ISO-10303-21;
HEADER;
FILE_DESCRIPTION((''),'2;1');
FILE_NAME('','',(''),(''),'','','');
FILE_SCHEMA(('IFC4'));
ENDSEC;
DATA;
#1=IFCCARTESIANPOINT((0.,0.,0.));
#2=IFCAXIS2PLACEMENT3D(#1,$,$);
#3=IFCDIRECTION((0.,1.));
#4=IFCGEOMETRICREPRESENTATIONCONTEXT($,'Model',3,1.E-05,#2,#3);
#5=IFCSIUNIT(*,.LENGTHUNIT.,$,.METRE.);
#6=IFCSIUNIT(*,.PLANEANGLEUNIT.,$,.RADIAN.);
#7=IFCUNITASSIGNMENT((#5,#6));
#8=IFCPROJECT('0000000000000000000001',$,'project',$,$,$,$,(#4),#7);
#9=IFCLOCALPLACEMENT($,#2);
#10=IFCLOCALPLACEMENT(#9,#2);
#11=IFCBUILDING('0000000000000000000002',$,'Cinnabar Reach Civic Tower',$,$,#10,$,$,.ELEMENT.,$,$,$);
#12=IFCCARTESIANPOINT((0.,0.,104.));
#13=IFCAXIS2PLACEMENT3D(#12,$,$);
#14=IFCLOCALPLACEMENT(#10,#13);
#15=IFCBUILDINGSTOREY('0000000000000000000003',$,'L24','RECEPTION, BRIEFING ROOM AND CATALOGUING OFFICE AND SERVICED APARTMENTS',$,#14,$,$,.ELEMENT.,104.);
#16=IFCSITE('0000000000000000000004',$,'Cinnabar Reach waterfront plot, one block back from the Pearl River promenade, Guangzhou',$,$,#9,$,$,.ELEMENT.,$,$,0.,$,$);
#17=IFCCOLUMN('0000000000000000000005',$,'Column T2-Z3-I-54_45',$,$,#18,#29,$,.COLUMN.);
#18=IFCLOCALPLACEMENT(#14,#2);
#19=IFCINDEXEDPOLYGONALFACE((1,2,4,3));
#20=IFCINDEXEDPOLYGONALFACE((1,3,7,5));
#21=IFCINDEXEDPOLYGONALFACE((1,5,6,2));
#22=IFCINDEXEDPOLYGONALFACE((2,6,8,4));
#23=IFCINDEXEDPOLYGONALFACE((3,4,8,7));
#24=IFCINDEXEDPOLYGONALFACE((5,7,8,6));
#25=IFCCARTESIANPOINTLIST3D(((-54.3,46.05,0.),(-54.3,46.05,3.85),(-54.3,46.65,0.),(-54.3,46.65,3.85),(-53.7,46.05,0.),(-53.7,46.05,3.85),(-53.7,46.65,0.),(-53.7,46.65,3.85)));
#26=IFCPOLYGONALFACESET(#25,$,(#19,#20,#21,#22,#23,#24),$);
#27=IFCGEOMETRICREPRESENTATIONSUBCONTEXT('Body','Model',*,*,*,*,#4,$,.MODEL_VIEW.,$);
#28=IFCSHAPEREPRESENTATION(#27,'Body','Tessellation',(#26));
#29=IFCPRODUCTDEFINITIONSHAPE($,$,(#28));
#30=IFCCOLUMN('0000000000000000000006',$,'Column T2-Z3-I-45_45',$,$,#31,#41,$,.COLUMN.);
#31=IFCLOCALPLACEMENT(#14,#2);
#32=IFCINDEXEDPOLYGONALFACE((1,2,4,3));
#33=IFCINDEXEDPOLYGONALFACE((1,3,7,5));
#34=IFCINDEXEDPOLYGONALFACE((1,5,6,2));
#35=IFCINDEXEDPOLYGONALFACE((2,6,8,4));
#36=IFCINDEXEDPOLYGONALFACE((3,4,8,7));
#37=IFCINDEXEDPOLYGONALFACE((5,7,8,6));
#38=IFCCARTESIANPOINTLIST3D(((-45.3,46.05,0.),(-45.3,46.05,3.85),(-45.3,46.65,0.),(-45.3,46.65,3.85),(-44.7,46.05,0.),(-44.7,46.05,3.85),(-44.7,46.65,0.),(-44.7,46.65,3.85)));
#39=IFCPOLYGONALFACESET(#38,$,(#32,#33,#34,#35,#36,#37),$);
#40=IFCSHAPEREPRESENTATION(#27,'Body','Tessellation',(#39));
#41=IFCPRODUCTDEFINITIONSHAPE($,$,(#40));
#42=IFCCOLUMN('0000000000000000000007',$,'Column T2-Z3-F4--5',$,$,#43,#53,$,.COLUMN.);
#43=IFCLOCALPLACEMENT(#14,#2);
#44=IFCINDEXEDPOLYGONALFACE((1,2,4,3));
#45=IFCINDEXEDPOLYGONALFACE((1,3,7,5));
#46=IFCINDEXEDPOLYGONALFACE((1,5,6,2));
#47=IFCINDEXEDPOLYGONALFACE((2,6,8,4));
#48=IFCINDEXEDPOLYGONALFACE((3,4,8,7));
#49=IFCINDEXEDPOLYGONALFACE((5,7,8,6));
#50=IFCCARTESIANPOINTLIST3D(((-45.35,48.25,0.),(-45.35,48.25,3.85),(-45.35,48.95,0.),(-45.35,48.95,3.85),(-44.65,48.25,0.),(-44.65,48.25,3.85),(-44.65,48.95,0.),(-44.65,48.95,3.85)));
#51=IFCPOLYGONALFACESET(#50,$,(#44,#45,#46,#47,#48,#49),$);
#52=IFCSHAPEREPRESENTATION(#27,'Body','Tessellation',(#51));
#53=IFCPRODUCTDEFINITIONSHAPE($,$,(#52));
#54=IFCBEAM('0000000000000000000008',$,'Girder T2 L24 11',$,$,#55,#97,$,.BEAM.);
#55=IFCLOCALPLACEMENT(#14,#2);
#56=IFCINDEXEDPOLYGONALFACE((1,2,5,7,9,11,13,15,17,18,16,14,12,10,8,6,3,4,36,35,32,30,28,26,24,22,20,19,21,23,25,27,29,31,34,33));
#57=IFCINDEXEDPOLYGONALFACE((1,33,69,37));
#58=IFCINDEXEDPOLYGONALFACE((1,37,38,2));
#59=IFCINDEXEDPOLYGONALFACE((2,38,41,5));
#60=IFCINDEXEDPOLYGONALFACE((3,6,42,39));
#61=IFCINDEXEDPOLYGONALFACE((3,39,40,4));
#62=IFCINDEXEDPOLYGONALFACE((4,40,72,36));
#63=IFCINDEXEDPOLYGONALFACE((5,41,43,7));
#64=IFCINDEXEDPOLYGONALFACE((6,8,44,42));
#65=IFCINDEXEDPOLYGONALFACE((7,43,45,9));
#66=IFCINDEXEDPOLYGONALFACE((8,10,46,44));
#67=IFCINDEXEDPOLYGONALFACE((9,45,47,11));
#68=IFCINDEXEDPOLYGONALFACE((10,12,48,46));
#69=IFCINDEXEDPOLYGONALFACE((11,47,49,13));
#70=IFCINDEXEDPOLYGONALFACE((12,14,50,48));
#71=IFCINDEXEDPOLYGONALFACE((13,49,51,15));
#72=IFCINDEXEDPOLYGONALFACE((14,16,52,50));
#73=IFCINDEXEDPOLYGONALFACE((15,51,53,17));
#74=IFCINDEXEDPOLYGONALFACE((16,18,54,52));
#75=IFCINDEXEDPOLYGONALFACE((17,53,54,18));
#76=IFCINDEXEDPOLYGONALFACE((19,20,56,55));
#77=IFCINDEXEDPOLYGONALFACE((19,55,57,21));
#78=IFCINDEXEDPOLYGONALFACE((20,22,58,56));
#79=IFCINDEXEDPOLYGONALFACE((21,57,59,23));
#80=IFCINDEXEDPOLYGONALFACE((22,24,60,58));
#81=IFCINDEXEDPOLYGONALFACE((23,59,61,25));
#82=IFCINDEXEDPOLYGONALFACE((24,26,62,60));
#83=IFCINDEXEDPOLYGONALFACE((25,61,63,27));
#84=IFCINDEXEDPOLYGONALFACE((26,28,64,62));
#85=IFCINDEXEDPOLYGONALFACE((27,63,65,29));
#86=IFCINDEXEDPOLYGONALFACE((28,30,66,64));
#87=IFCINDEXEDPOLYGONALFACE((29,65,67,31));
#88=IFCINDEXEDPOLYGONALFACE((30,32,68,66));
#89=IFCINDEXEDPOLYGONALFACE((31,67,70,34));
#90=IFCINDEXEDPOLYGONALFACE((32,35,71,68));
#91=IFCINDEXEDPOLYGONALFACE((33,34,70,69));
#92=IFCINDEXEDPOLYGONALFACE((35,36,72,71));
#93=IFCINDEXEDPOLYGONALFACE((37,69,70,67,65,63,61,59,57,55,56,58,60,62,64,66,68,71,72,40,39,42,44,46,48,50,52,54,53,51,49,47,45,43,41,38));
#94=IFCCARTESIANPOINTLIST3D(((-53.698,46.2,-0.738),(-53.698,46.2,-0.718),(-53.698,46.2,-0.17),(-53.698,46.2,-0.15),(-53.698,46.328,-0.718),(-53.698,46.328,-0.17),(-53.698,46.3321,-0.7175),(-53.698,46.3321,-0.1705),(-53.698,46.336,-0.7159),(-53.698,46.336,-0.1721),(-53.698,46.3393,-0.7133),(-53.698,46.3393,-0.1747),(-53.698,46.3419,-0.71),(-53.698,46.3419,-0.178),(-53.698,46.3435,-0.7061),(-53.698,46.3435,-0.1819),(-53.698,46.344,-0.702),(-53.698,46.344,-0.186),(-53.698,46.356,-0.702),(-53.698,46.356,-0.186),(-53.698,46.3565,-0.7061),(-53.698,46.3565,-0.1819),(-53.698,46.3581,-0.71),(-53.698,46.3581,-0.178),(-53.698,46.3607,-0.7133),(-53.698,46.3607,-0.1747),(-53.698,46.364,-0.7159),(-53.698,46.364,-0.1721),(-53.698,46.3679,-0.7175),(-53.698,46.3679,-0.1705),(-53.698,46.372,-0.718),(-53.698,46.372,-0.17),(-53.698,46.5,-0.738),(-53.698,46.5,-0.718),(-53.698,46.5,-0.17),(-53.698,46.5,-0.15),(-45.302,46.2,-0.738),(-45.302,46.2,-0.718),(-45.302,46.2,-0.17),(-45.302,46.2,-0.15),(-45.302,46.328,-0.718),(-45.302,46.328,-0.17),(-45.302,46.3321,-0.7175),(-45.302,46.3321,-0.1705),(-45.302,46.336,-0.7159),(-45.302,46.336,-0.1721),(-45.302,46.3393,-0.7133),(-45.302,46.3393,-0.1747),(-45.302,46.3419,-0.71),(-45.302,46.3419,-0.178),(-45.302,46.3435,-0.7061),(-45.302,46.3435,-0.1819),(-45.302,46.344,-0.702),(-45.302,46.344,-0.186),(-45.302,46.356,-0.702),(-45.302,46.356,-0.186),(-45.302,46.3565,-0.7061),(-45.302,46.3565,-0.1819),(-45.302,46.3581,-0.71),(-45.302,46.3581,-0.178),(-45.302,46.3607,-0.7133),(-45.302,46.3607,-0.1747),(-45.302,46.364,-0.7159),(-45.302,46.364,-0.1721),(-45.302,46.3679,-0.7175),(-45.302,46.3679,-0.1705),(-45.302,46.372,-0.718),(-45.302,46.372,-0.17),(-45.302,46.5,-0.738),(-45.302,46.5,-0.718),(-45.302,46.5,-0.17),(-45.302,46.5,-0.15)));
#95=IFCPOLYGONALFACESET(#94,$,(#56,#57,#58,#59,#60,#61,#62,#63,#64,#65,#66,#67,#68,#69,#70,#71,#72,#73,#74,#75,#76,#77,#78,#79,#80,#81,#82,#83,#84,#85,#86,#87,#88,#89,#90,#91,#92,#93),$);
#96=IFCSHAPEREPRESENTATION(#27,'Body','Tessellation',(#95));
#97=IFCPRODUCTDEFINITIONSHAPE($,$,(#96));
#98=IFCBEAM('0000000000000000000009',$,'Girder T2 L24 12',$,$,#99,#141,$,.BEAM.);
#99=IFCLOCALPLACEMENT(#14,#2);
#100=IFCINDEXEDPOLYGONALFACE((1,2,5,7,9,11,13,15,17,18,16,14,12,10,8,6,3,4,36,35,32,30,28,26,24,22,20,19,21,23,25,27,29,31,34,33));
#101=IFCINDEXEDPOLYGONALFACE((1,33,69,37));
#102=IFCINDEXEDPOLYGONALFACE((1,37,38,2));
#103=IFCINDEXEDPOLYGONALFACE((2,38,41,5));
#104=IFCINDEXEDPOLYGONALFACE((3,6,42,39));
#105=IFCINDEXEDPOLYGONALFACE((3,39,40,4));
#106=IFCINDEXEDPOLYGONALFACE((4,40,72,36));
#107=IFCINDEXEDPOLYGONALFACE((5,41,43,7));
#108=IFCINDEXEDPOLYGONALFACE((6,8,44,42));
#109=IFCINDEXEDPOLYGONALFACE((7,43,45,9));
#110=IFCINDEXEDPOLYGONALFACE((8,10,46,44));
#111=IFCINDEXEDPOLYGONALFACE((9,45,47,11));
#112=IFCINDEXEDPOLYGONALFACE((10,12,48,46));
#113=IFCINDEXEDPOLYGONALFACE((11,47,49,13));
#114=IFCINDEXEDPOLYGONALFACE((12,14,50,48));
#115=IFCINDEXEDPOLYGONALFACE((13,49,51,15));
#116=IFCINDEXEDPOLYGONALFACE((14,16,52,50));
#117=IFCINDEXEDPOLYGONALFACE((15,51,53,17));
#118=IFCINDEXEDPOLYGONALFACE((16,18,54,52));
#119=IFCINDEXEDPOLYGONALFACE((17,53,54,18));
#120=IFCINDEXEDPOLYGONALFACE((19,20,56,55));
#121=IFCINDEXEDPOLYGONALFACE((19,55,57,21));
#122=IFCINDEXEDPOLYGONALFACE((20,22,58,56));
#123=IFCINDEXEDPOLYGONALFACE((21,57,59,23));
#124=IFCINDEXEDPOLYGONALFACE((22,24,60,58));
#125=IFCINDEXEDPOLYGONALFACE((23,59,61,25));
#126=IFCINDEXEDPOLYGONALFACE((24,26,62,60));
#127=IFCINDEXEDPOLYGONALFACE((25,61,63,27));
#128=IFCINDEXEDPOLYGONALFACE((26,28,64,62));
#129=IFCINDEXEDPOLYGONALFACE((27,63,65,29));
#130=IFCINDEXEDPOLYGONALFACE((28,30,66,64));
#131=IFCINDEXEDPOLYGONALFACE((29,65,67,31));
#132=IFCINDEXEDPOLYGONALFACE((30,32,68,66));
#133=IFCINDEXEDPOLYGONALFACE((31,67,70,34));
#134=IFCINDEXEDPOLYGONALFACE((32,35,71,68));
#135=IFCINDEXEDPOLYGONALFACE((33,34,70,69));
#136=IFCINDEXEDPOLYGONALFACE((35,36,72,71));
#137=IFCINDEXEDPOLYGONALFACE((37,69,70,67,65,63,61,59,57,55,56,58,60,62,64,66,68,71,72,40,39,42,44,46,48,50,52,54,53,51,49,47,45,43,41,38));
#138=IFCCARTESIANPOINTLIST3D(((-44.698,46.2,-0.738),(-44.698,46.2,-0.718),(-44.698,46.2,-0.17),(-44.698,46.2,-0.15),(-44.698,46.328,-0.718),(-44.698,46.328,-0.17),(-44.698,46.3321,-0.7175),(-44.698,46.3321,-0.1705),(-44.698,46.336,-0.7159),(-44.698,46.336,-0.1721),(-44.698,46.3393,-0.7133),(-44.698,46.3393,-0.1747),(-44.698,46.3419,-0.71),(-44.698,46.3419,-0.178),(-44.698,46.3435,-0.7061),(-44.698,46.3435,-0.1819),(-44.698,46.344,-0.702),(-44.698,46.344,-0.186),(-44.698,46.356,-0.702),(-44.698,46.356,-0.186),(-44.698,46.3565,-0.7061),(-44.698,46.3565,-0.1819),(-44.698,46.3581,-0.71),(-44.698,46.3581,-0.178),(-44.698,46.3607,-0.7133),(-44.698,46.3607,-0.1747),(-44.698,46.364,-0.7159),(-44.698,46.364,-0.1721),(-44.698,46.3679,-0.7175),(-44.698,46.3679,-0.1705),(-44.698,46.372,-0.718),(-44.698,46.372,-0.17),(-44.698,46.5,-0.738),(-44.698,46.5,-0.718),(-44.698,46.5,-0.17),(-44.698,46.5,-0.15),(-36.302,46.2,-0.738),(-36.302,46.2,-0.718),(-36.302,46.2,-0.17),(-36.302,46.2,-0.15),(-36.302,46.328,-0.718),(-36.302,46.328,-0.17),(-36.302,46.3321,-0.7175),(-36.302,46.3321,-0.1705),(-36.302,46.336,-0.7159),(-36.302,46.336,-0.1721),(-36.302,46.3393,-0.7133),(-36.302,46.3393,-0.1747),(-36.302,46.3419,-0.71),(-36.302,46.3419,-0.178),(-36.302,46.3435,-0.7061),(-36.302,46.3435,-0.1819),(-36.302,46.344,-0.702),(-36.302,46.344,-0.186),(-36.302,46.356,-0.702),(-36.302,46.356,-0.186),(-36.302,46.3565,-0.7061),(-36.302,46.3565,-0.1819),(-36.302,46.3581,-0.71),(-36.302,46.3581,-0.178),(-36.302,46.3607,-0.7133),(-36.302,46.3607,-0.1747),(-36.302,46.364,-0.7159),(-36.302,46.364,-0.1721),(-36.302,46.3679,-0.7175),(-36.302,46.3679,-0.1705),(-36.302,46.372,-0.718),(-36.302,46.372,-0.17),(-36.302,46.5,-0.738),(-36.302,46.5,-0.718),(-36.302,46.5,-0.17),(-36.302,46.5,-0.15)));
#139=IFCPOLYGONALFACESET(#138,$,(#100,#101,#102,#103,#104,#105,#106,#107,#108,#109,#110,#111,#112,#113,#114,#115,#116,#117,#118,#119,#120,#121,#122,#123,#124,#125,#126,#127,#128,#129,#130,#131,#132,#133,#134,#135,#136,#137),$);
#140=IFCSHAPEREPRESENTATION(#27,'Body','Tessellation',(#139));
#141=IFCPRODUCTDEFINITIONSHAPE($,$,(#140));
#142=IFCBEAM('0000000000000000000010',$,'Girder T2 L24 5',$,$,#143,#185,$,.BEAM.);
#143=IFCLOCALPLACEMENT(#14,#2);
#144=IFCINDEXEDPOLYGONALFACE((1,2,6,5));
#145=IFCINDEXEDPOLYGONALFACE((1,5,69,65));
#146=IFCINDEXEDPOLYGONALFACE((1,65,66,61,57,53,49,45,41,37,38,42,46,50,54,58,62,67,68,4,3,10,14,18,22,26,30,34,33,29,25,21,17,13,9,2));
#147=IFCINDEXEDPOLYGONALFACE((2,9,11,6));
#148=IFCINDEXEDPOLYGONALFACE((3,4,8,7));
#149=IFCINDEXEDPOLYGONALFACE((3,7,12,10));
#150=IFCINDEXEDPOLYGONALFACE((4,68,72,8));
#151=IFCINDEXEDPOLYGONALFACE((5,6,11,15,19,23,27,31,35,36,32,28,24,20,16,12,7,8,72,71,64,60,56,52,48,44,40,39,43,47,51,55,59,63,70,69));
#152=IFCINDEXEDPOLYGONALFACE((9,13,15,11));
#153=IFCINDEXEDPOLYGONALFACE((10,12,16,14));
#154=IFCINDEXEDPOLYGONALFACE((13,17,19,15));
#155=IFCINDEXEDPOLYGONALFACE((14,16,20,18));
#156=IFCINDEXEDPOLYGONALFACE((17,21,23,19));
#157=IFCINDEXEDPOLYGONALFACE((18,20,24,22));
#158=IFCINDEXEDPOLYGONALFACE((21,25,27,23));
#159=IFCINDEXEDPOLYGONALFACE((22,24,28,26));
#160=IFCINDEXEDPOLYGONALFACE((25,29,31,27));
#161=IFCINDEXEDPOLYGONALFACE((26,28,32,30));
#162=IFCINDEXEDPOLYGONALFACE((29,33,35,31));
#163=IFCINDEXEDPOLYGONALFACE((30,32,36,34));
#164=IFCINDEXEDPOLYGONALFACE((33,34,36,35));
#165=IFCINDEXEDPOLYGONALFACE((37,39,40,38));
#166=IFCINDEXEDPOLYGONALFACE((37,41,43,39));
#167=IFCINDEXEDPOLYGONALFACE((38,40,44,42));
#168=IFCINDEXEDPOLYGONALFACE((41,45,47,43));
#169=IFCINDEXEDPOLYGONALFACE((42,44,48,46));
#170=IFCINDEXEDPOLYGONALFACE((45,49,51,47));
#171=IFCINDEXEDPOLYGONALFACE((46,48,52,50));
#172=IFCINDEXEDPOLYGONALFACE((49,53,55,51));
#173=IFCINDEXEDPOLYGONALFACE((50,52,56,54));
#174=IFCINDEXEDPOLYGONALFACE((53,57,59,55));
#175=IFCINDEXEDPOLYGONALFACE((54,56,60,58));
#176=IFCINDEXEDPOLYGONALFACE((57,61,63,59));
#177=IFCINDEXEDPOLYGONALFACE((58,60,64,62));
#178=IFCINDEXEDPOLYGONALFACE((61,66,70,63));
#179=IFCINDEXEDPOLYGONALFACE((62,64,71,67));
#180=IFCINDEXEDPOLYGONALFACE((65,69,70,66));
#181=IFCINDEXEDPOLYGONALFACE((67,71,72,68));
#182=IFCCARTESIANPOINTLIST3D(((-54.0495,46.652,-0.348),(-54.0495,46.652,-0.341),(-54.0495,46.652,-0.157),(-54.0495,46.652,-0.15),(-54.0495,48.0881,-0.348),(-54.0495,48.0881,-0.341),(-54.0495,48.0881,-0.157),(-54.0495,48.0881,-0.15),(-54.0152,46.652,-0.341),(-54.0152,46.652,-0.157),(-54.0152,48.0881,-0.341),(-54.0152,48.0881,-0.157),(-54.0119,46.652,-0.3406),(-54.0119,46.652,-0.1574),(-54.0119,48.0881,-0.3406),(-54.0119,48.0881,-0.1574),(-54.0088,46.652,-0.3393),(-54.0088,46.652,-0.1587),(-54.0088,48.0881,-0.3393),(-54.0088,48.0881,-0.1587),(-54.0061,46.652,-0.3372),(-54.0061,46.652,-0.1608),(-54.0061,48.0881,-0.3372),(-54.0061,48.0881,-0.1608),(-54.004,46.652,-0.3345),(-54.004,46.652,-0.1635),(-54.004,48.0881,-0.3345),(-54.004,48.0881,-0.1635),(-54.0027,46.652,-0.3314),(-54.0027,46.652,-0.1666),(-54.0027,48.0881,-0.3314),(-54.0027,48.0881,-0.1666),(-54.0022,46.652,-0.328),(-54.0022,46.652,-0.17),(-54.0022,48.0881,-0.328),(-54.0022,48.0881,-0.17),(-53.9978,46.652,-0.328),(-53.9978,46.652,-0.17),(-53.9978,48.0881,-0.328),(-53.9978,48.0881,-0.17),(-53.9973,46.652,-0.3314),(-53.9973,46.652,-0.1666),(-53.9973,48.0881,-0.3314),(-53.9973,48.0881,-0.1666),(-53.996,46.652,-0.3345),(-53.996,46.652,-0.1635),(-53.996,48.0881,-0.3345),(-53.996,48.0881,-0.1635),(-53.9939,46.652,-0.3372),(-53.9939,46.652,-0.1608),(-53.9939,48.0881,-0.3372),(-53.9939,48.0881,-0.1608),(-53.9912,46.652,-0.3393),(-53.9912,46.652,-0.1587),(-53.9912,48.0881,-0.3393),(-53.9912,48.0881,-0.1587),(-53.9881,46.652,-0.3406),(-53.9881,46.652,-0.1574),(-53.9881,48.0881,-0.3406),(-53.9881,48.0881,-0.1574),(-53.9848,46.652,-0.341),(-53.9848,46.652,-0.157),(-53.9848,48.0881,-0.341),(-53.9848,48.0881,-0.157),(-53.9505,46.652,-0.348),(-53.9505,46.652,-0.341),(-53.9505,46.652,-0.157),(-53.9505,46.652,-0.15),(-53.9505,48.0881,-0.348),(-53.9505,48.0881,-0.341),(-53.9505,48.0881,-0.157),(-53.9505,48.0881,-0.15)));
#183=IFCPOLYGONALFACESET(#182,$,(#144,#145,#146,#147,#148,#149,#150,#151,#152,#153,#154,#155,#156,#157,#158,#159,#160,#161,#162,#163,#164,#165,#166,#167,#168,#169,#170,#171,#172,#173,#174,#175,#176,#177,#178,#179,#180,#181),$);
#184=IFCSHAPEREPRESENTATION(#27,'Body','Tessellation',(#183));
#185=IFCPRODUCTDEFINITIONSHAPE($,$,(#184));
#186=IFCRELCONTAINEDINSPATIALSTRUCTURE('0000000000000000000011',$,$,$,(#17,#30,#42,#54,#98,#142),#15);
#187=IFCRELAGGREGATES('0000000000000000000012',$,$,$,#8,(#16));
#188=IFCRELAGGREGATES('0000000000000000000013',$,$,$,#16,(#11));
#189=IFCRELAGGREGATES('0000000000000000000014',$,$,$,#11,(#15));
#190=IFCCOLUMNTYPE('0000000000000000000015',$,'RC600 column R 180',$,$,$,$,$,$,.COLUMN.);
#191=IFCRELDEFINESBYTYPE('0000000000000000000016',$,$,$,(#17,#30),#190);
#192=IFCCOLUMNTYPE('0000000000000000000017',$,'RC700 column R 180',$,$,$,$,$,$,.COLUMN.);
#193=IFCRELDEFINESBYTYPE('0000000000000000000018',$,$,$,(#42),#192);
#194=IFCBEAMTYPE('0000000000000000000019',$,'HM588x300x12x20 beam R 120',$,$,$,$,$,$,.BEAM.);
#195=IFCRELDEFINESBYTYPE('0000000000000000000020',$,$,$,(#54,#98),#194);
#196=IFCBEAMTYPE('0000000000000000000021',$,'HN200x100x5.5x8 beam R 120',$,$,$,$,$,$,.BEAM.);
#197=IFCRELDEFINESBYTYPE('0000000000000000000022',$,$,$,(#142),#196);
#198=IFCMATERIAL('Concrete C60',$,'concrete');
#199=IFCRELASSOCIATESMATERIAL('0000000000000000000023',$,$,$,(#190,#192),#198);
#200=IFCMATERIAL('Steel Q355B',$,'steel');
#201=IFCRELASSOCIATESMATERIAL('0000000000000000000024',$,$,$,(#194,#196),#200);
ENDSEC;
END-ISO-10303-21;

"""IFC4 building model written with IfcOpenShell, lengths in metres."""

from ifc_helpers import new_model, si_unit, direction, frame, origin, origin_2d, place, context, subcontext, project, spatial, rectangle, i_section, extrude, material, material_profile, profile_set, type_object, element, save


model = new_model("IFC4")

# Units and contexts
model_context = context("Model", 3, precision=1e-05, world=origin(), true_north=direction((0.0, 1.0)))
body_context = subcontext(model_context, "Body", "Model", "MODEL_VIEW")
ifc_project = project(units=[si_unit("LENGTHUNIT", "METRE"), si_unit("PLANEANGLEUNIT", "RADIAN")], contexts=[model_context])

# Site, building, storey
site_placement = place(None, origin())
site = spatial("IfcSite", under=ifc_project, at=site_placement, Name="Cinnabar Reach waterfront plot, one block back from the Pearl River promenade, Guangzhou", CompositionType="ELEMENT", RefElevation=0.0)
building_placement = place(site_placement, origin())
building = spatial("IfcBuilding", under=site, at=building_placement, Name="Cinnabar Reach Civic Tower", CompositionType="ELEMENT")
storey_placement = place(building_placement, frame((0.0, 0.0, 104.0)))
storey = spatial("IfcBuildingStorey", under=building, at=storey_placement, Name="L24", Description="RECEPTION, BRIEFING ROOM AND CATALOGUING OFFICE AND SERVICED APARTMENTS", CompositionType="ELEMENT", Elevation=104.0)

# Columns
ifc_material_1 = material(Name="Concrete C60", Category="concrete")
ifc_material_profile_1 = material_profile(ifc_material_1, rectangle(XDim=0.6, YDim=0.6, at=origin_2d()), Name="RC600")
ifc_profile_set_1 = profile_set([ifc_material_profile_1], Name="Concrete C60")
column_type_1 = type_object("IfcColumnType", Name="RC600 column R 180", PredefinedType="COLUMN", material=ifc_profile_set_1)
for number, where, z_axis, x_axis, name in (
    (1, (-54.0, 46.35, 0.0), (0.0, 0.0, 1.0), (1.0, 0.0, 0.0), "Column T2-Z3-I-54_45"),
    (2, (-45.0, 46.35, 0.0), (0.0, 0.0, 1.0), (1.0, 0.0, 0.0), "Column T2-Z3-I-45_45"),
):
    element("IfcColumn", number, at=place(storey_placement, frame(where, z_axis=z_axis, x_axis=x_axis)), inside=storey, type_object=column_type_1, Name=name, PredefinedType="COLUMN", context=body_context, shape_type="SweptSolid", body=[
        extrude(rectangle(XDim=0.6, YDim=0.6, at=origin_2d()), origin(), (0.0, 0.0, 1.0), 3.85),
    ])
ifc_material_profile_2 = material_profile(ifc_material_1, rectangle(XDim=0.7, YDim=0.7, at=origin_2d()), Name="RC700")
ifc_profile_set_2 = profile_set([ifc_material_profile_2], Name="Concrete C60")
column_type_2 = type_object("IfcColumnType", Name="RC700 column R 180", PredefinedType="COLUMN", material=ifc_profile_set_2)
column_placement = place(storey_placement, frame((-45.0, 48.6, 0.0), z_axis=(0.0, 0.0, 1.0), x_axis=(1.0, 0.0, 0.0)))
element("IfcColumn", 3, at=column_placement, inside=storey, type_object=column_type_2, Name="Column T2-Z3-F4--5", PredefinedType="COLUMN", context=body_context, shape_type="SweptSolid", body=[
    extrude(rectangle(XDim=0.7, YDim=0.7, at=origin_2d()), origin(), (0.0, 0.0, 1.0), 3.85),
])

# Beams
ifc_material_2 = material(Name="Steel Q355B", Category="steel")
ifc_material_profile_3 = material_profile(ifc_material_2, i_section(OverallWidth=0.3, OverallDepth=0.588, WebThickness=0.012, FlangeThickness=0.02, FilletRadius=0.016, at=origin_2d()), Name="HM588x300x12x20")
ifc_profile_set_3 = profile_set([ifc_material_profile_3], Name="Steel Q355B")
beam_type_1 = type_object("IfcBeamType", Name="HM588x300x12x20 beam R 120", PredefinedType="BEAM", material=ifc_profile_set_3)
for number, where, z_axis, x_axis, name in (
    (4, (-53.698, 46.35, -0.444), (1.0, 0.0, 0.0), (0.0, 1.0, 0.0), "Girder T2 L24 11"),
    (5, (-44.698, 46.35, -0.444), (1.0, 0.0, 0.0), (0.0, 1.0, 0.0), "Girder T2 L24 12"),
):
    element("IfcBeam", number, at=place(storey_placement, frame(where, z_axis=z_axis, x_axis=x_axis)), inside=storey, type_object=beam_type_1, Name=name, PredefinedType="BEAM", context=body_context, shape_type="SweptSolid", body=[
        extrude(i_section(OverallWidth=0.3, OverallDepth=0.588, WebThickness=0.012, FlangeThickness=0.02, FilletRadius=0.016, at=origin_2d()), origin(), (0.0, 0.0, 1.0), 8.396),
    ])
ifc_material_profile_4 = material_profile(ifc_material_2, i_section(OverallWidth=0.099, OverallDepth=0.198, WebThickness=0.0045, FlangeThickness=0.007, FilletRadius=0.013, at=origin_2d()), Name="HN200x100x5.5x8")
ifc_profile_set_4 = profile_set([ifc_material_profile_4], Name="Steel Q355B")
beam_type_2 = type_object("IfcBeamType", Name="HN200x100x5.5x8 beam R 120", PredefinedType="BEAM", material=ifc_profile_set_4)
beam_1_placement = place(storey_placement, frame((-54.0, 46.652, -0.249), z_axis=(0.0, 1.0, 0.0), x_axis=(-1.0, 0.0, 0.0)))
element("IfcBeam", 6, at=beam_1_placement, inside=storey, type_object=beam_type_2, Name="Girder T2 L24 5", PredefinedType="BEAM", context=body_context, shape_type="SweptSolid", body=[
    extrude(i_section(OverallWidth=0.099, OverallDepth=0.198, WebThickness=0.0045, FlangeThickness=0.007, FilletRadius=0.013, at=origin_2d()), origin(), (0.0, 0.0, 1.0), 1.4361),
])

save(model, "model.ifc")
